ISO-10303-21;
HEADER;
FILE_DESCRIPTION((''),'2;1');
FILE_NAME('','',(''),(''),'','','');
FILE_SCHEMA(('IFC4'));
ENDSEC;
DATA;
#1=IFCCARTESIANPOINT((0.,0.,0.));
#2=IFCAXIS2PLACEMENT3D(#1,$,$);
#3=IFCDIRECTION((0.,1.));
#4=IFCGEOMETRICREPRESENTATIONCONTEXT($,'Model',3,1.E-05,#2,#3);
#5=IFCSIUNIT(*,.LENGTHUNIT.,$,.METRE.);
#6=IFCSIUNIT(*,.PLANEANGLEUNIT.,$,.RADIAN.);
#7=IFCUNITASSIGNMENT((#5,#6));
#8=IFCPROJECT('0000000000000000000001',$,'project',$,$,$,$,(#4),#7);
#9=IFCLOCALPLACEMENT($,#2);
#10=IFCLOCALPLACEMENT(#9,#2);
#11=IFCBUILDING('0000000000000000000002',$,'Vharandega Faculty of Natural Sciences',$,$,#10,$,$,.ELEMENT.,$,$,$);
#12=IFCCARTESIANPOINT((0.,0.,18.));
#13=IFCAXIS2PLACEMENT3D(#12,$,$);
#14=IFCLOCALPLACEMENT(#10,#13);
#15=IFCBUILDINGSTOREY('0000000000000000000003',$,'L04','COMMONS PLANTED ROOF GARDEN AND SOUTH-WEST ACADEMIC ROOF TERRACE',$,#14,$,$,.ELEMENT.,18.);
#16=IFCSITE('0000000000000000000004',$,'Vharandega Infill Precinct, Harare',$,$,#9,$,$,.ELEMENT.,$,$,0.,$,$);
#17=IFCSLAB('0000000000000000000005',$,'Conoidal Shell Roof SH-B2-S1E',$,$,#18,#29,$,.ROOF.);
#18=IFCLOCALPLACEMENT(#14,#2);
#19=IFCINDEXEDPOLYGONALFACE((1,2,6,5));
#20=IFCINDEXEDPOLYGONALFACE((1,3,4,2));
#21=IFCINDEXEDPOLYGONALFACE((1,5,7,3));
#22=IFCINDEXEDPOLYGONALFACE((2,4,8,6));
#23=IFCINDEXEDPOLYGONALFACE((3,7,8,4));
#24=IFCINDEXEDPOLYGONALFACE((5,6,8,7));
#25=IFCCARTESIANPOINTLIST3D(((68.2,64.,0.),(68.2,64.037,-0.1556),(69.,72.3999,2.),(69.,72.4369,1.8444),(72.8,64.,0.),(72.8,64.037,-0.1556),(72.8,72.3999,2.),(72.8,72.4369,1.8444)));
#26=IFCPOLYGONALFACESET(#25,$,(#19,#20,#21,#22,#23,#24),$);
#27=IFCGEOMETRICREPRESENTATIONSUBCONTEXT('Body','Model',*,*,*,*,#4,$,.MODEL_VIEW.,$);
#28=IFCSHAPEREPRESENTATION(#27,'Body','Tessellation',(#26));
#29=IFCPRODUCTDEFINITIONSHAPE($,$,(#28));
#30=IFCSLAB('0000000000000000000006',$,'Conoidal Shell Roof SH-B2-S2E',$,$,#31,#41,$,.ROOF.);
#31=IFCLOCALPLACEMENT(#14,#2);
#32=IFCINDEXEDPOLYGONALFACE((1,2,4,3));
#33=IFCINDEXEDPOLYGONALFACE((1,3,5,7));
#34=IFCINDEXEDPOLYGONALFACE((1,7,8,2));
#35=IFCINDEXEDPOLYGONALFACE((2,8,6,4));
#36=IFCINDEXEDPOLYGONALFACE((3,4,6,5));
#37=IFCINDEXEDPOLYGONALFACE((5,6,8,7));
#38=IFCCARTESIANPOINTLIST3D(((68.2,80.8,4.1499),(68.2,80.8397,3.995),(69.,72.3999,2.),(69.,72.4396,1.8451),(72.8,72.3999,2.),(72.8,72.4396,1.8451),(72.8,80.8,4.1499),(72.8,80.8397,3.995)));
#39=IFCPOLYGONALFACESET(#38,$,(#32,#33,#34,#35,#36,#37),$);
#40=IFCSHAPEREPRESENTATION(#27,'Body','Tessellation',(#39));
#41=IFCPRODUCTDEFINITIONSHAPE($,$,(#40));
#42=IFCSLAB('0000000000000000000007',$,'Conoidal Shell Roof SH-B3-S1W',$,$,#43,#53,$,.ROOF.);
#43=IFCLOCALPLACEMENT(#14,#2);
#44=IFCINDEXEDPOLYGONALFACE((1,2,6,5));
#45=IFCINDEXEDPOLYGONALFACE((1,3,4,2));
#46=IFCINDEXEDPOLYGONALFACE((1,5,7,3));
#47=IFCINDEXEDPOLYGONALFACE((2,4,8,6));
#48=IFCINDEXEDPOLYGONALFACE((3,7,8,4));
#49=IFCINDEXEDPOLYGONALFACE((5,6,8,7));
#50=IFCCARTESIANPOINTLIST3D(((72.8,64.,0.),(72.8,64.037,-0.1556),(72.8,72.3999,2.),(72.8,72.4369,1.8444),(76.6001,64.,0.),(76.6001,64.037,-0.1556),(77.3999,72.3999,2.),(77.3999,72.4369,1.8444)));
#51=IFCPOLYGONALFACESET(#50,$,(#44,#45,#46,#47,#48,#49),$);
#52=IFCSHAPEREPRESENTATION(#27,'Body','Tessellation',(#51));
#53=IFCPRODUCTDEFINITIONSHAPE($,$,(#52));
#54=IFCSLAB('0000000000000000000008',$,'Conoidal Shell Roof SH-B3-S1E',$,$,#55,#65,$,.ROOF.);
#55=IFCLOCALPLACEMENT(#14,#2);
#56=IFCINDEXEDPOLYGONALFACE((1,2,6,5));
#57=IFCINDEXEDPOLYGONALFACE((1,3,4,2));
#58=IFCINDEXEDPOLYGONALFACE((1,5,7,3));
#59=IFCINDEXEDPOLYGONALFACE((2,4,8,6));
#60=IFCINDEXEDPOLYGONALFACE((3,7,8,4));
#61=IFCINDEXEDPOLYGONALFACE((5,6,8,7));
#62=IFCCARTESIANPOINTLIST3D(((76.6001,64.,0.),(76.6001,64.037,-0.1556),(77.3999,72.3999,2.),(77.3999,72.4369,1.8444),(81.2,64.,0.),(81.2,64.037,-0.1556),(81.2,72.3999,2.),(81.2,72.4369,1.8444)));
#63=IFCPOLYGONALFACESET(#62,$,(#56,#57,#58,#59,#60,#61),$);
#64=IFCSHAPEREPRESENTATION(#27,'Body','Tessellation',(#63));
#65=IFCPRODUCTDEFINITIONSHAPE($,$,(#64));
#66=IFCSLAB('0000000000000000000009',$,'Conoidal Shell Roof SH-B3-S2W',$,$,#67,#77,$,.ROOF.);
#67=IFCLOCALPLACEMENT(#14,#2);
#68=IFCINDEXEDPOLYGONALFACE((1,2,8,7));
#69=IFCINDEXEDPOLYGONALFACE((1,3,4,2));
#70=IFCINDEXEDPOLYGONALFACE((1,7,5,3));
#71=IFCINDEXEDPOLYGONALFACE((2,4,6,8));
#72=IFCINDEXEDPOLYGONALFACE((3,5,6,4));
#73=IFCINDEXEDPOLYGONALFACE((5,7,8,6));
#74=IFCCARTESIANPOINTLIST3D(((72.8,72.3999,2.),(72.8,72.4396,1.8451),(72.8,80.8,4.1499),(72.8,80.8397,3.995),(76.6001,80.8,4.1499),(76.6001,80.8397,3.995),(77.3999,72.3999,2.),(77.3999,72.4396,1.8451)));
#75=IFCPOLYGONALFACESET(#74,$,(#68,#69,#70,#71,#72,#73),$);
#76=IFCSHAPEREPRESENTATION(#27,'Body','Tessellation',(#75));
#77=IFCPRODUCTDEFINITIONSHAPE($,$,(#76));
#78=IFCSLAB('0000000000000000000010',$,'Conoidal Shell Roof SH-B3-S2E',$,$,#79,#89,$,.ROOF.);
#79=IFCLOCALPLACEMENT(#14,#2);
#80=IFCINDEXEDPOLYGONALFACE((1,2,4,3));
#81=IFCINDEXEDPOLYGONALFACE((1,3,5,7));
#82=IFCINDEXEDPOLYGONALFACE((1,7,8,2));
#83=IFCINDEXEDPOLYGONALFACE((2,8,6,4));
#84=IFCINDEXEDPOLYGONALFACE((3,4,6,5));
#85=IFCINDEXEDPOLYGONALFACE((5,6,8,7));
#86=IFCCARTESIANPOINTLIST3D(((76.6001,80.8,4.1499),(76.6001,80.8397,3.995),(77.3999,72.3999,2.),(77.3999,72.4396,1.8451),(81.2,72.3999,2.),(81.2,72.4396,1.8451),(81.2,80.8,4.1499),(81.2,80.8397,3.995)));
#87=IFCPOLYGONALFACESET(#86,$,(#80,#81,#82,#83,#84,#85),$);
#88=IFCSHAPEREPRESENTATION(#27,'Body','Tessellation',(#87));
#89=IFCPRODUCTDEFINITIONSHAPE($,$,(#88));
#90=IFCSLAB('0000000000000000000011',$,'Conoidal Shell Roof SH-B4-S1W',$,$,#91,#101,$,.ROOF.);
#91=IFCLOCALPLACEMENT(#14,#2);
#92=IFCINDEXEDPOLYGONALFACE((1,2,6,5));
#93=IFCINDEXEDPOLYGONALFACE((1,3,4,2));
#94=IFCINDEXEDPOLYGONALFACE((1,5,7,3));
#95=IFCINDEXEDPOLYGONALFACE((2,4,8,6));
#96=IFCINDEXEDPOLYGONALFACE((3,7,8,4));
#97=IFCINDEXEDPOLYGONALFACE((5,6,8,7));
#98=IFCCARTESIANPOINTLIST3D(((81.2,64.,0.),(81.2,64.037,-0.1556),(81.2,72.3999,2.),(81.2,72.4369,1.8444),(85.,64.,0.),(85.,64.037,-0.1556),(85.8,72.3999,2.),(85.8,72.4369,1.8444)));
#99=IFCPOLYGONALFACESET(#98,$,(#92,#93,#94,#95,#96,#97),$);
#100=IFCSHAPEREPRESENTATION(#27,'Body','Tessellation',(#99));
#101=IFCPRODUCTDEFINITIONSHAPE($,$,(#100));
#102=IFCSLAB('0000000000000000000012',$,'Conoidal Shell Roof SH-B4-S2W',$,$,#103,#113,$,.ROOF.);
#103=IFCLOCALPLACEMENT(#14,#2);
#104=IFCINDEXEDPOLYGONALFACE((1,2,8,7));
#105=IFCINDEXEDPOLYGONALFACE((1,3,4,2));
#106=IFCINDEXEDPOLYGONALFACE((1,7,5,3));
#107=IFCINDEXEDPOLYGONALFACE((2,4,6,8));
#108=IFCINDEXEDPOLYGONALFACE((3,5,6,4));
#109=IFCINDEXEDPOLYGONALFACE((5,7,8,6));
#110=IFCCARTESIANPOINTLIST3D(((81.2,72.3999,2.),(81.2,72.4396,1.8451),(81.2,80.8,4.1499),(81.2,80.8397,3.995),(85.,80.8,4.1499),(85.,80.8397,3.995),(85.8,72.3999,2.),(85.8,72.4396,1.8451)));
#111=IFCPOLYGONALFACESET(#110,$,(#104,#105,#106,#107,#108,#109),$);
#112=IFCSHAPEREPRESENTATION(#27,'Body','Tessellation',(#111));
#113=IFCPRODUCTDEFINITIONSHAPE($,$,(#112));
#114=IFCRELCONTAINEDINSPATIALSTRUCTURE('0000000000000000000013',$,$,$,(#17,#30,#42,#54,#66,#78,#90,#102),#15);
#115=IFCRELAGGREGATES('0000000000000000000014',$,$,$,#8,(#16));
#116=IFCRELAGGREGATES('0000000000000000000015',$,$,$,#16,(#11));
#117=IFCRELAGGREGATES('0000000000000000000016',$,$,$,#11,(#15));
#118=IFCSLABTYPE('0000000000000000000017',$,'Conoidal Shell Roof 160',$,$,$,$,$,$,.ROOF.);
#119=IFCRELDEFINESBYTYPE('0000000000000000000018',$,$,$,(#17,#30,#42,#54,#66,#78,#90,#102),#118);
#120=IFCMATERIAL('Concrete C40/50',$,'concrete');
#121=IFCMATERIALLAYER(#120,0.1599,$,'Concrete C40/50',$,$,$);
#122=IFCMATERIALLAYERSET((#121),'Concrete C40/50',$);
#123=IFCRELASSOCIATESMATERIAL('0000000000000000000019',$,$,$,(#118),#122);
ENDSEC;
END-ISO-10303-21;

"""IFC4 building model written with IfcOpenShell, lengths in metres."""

from ifc_helpers import new_model, si_unit, direction, frame, origin, place, context, subcontext, project, spatial, polyline, outline, extrude, material, layer, layer_set, type_object, element, save


model = new_model("IFC4")

# Units and contexts
model_context = context("Model", 3, precision=1e-05, world=origin(), true_north=direction((0.0, 1.0)))
body_context = subcontext(model_context, "Body", "Model", "MODEL_VIEW")
ifc_project = project(units=[si_unit("LENGTHUNIT", "METRE"), si_unit("PLANEANGLEUNIT", "RADIAN")], contexts=[model_context])

# Site, building, storey
site_placement = place(None, origin())
site = spatial("IfcSite", under=ifc_project, at=site_placement, Name="Vharandega Infill Precinct, Harare", CompositionType="ELEMENT", RefElevation=0.0)
building_placement = place(site_placement, origin())
building = spatial("IfcBuilding", under=site, at=building_placement, Name="Vharandega Faculty of Natural Sciences", CompositionType="ELEMENT")
storey_placement = place(building_placement, frame((0.0, 0.0, 18.0)))
storey = spatial("IfcBuildingStorey", under=building, at=storey_placement, Name="L04", Description="COMMONS PLANTED ROOF GARDEN AND SOUTH-WEST ACADEMIC ROOF TERRACE", CompositionType="ELEMENT", Elevation=18.0)

# Slabs
ifc_material_1 = material(Name="Concrete C40/50", Category="concrete")
ifc_layer = layer(ifc_material_1, 0.1599, Name="Concrete C40/50")
ifc_layer_set = layer_set([ifc_layer], Name="Concrete C40/50")
slab_type = type_object("IfcSlabType", Name="Conoidal Shell Roof 160", PredefinedType="ROOF", material=ifc_layer_set)
slab_1_placement = place(storey_placement, frame((68.2, 64.0, 0.0), z_axis=(0.0, -0.231623, 0.972806), x_axis=(1.0, 0.0, 0.0)))
element("IfcSlab", 1, at=slab_1_placement, inside=storey, type_object=slab_type, Name="Conoidal Shell Roof SH-B2-S1E", PredefinedType="ROOF", context=body_context, shape_type="SweptSolid", body=[
    extrude(outline(polyline([(0.0, 0.0), (4.6001, 0.0), (4.6001, 8.6347), (0.8, 8.6347), (0.0, 0.0)])), origin(), (0.0, 0.0, -1.0), 0.1599),
])
slab_2_placement = place(storey_placement, frame((69.0, 72.3999, 2.0), z_axis=(0.0, -0.247944, 0.968774), x_axis=(1.0, 0.0, 0.0)))
element("IfcSlab", 2, at=slab_2_placement, inside=storey, type_object=slab_type, Name="Conoidal Shell Roof SH-B2-S2E", PredefinedType="ROOF", context=body_context, shape_type="SweptSolid", body=[
    extrude(outline(polyline([(0.0, 0.0), (3.8, 0.0), (3.8, 8.6709), (-0.8, 8.6709), (0.0, 0.0)])), origin(), (0.0, 0.0, -1.0), 0.1599),
])
slab_3_placement = place(storey_placement, frame((72.8, 64.0, 0.0), z_axis=(0.0, -0.231623, 0.972806), x_axis=(1.0, 0.0, 0.0)))
element("IfcSlab", 3, at=slab_3_placement, inside=storey, type_object=slab_type, Name="Conoidal Shell Roof SH-B3-S1W", PredefinedType="ROOF", context=body_context, shape_type="SweptSolid", body=[
    extrude(outline(polyline([(0.0, 0.0), (3.8, 0.0), (4.5999, 8.6347), (0.0, 8.6347), (0.0, 0.0)])), origin(), (0.0, 0.0, -1.0), 0.1599),
])
slab_4_placement = place(storey_placement, frame((76.6001, 64.0, 0.0), z_axis=(0.0, -0.231623, 0.972806), x_axis=(1.0, 0.0, 0.0)))
element("IfcSlab", 4, at=slab_4_placement, inside=storey, type_object=slab_type, Name="Conoidal Shell Roof SH-B3-S1E", PredefinedType="ROOF", context=body_context, shape_type="SweptSolid", body=[
    extrude(outline(polyline([(0.0, 0.0), (4.5999, 0.0), (4.5999, 8.6347), (0.7998, 8.6347), (0.0, 0.0)])), origin(), (0.0, 0.0, -1.0), 0.1599),
])
slab_5_placement = place(storey_placement, frame((72.8, 72.3999, 2.0), z_axis=(0.0, -0.247944, 0.968774), x_axis=(1.0, 0.0, 0.0)))
element("IfcSlab", 5, at=slab_5_placement, inside=storey, type_object=slab_type, Name="Conoidal Shell Roof SH-B3-S2W", PredefinedType="ROOF", context=body_context, shape_type="SweptSolid", body=[
    extrude(outline(polyline([(0.0, 0.0), (4.5999, 0.0), (3.8, 8.6709), (0.0, 8.6709), (0.0, 0.0)])), origin(), (0.0, 0.0, -1.0), 0.1599),
])
slab_6_placement = place(storey_placement, frame((77.3999, 72.3999, 2.0), z_axis=(0.0, -0.247944, 0.968774), x_axis=(1.0, 0.0, 0.0)))
element("IfcSlab", 6, at=slab_6_placement, inside=storey, type_object=slab_type, Name="Conoidal Shell Roof SH-B3-S2E", PredefinedType="ROOF", context=body_context, shape_type="SweptSolid", body=[
    extrude(outline(polyline([(0.0, 0.0), (3.8, 0.0), (3.8, 8.6709), (-0.7998, 8.6709), (0.0, 0.0)])), origin(), (0.0, 0.0, -1.0), 0.1599),
])
slab_7_placement = place(storey_placement, frame((81.2, 64.0, 0.0), z_axis=(0.0, -0.231623, 0.972806), x_axis=(1.0, 0.0, 0.0)))
element("IfcSlab", 7, at=slab_7_placement, inside=storey, type_object=slab_type, Name="Conoidal Shell Roof SH-B4-S1W", PredefinedType="ROOF", context=body_context, shape_type="SweptSolid", body=[
    extrude(outline(polyline([(0.0, 0.0), (3.8, 0.0), (4.6001, 8.6347), (0.0, 8.6347), (0.0, 0.0)])), origin(), (0.0, 0.0, -1.0), 0.1599),
])
slab_8_placement = place(storey_placement, frame((81.2, 72.3999, 2.0), z_axis=(0.0, -0.247944, 0.968774), x_axis=(1.0, 0.0, 0.0)))
element("IfcSlab", 8, at=slab_8_placement, inside=storey, type_object=slab_type, Name="Conoidal Shell Roof SH-B4-S2W", PredefinedType="ROOF", context=body_context, shape_type="SweptSolid", body=[
    extrude(outline(polyline([(0.0, 0.0), (4.6001, 0.0), (3.8, 8.6709), (0.0, 8.6709), (0.0, 0.0)])), origin(), (0.0, 0.0, -1.0), 0.1599),
])

save(model, "model.ifc")
